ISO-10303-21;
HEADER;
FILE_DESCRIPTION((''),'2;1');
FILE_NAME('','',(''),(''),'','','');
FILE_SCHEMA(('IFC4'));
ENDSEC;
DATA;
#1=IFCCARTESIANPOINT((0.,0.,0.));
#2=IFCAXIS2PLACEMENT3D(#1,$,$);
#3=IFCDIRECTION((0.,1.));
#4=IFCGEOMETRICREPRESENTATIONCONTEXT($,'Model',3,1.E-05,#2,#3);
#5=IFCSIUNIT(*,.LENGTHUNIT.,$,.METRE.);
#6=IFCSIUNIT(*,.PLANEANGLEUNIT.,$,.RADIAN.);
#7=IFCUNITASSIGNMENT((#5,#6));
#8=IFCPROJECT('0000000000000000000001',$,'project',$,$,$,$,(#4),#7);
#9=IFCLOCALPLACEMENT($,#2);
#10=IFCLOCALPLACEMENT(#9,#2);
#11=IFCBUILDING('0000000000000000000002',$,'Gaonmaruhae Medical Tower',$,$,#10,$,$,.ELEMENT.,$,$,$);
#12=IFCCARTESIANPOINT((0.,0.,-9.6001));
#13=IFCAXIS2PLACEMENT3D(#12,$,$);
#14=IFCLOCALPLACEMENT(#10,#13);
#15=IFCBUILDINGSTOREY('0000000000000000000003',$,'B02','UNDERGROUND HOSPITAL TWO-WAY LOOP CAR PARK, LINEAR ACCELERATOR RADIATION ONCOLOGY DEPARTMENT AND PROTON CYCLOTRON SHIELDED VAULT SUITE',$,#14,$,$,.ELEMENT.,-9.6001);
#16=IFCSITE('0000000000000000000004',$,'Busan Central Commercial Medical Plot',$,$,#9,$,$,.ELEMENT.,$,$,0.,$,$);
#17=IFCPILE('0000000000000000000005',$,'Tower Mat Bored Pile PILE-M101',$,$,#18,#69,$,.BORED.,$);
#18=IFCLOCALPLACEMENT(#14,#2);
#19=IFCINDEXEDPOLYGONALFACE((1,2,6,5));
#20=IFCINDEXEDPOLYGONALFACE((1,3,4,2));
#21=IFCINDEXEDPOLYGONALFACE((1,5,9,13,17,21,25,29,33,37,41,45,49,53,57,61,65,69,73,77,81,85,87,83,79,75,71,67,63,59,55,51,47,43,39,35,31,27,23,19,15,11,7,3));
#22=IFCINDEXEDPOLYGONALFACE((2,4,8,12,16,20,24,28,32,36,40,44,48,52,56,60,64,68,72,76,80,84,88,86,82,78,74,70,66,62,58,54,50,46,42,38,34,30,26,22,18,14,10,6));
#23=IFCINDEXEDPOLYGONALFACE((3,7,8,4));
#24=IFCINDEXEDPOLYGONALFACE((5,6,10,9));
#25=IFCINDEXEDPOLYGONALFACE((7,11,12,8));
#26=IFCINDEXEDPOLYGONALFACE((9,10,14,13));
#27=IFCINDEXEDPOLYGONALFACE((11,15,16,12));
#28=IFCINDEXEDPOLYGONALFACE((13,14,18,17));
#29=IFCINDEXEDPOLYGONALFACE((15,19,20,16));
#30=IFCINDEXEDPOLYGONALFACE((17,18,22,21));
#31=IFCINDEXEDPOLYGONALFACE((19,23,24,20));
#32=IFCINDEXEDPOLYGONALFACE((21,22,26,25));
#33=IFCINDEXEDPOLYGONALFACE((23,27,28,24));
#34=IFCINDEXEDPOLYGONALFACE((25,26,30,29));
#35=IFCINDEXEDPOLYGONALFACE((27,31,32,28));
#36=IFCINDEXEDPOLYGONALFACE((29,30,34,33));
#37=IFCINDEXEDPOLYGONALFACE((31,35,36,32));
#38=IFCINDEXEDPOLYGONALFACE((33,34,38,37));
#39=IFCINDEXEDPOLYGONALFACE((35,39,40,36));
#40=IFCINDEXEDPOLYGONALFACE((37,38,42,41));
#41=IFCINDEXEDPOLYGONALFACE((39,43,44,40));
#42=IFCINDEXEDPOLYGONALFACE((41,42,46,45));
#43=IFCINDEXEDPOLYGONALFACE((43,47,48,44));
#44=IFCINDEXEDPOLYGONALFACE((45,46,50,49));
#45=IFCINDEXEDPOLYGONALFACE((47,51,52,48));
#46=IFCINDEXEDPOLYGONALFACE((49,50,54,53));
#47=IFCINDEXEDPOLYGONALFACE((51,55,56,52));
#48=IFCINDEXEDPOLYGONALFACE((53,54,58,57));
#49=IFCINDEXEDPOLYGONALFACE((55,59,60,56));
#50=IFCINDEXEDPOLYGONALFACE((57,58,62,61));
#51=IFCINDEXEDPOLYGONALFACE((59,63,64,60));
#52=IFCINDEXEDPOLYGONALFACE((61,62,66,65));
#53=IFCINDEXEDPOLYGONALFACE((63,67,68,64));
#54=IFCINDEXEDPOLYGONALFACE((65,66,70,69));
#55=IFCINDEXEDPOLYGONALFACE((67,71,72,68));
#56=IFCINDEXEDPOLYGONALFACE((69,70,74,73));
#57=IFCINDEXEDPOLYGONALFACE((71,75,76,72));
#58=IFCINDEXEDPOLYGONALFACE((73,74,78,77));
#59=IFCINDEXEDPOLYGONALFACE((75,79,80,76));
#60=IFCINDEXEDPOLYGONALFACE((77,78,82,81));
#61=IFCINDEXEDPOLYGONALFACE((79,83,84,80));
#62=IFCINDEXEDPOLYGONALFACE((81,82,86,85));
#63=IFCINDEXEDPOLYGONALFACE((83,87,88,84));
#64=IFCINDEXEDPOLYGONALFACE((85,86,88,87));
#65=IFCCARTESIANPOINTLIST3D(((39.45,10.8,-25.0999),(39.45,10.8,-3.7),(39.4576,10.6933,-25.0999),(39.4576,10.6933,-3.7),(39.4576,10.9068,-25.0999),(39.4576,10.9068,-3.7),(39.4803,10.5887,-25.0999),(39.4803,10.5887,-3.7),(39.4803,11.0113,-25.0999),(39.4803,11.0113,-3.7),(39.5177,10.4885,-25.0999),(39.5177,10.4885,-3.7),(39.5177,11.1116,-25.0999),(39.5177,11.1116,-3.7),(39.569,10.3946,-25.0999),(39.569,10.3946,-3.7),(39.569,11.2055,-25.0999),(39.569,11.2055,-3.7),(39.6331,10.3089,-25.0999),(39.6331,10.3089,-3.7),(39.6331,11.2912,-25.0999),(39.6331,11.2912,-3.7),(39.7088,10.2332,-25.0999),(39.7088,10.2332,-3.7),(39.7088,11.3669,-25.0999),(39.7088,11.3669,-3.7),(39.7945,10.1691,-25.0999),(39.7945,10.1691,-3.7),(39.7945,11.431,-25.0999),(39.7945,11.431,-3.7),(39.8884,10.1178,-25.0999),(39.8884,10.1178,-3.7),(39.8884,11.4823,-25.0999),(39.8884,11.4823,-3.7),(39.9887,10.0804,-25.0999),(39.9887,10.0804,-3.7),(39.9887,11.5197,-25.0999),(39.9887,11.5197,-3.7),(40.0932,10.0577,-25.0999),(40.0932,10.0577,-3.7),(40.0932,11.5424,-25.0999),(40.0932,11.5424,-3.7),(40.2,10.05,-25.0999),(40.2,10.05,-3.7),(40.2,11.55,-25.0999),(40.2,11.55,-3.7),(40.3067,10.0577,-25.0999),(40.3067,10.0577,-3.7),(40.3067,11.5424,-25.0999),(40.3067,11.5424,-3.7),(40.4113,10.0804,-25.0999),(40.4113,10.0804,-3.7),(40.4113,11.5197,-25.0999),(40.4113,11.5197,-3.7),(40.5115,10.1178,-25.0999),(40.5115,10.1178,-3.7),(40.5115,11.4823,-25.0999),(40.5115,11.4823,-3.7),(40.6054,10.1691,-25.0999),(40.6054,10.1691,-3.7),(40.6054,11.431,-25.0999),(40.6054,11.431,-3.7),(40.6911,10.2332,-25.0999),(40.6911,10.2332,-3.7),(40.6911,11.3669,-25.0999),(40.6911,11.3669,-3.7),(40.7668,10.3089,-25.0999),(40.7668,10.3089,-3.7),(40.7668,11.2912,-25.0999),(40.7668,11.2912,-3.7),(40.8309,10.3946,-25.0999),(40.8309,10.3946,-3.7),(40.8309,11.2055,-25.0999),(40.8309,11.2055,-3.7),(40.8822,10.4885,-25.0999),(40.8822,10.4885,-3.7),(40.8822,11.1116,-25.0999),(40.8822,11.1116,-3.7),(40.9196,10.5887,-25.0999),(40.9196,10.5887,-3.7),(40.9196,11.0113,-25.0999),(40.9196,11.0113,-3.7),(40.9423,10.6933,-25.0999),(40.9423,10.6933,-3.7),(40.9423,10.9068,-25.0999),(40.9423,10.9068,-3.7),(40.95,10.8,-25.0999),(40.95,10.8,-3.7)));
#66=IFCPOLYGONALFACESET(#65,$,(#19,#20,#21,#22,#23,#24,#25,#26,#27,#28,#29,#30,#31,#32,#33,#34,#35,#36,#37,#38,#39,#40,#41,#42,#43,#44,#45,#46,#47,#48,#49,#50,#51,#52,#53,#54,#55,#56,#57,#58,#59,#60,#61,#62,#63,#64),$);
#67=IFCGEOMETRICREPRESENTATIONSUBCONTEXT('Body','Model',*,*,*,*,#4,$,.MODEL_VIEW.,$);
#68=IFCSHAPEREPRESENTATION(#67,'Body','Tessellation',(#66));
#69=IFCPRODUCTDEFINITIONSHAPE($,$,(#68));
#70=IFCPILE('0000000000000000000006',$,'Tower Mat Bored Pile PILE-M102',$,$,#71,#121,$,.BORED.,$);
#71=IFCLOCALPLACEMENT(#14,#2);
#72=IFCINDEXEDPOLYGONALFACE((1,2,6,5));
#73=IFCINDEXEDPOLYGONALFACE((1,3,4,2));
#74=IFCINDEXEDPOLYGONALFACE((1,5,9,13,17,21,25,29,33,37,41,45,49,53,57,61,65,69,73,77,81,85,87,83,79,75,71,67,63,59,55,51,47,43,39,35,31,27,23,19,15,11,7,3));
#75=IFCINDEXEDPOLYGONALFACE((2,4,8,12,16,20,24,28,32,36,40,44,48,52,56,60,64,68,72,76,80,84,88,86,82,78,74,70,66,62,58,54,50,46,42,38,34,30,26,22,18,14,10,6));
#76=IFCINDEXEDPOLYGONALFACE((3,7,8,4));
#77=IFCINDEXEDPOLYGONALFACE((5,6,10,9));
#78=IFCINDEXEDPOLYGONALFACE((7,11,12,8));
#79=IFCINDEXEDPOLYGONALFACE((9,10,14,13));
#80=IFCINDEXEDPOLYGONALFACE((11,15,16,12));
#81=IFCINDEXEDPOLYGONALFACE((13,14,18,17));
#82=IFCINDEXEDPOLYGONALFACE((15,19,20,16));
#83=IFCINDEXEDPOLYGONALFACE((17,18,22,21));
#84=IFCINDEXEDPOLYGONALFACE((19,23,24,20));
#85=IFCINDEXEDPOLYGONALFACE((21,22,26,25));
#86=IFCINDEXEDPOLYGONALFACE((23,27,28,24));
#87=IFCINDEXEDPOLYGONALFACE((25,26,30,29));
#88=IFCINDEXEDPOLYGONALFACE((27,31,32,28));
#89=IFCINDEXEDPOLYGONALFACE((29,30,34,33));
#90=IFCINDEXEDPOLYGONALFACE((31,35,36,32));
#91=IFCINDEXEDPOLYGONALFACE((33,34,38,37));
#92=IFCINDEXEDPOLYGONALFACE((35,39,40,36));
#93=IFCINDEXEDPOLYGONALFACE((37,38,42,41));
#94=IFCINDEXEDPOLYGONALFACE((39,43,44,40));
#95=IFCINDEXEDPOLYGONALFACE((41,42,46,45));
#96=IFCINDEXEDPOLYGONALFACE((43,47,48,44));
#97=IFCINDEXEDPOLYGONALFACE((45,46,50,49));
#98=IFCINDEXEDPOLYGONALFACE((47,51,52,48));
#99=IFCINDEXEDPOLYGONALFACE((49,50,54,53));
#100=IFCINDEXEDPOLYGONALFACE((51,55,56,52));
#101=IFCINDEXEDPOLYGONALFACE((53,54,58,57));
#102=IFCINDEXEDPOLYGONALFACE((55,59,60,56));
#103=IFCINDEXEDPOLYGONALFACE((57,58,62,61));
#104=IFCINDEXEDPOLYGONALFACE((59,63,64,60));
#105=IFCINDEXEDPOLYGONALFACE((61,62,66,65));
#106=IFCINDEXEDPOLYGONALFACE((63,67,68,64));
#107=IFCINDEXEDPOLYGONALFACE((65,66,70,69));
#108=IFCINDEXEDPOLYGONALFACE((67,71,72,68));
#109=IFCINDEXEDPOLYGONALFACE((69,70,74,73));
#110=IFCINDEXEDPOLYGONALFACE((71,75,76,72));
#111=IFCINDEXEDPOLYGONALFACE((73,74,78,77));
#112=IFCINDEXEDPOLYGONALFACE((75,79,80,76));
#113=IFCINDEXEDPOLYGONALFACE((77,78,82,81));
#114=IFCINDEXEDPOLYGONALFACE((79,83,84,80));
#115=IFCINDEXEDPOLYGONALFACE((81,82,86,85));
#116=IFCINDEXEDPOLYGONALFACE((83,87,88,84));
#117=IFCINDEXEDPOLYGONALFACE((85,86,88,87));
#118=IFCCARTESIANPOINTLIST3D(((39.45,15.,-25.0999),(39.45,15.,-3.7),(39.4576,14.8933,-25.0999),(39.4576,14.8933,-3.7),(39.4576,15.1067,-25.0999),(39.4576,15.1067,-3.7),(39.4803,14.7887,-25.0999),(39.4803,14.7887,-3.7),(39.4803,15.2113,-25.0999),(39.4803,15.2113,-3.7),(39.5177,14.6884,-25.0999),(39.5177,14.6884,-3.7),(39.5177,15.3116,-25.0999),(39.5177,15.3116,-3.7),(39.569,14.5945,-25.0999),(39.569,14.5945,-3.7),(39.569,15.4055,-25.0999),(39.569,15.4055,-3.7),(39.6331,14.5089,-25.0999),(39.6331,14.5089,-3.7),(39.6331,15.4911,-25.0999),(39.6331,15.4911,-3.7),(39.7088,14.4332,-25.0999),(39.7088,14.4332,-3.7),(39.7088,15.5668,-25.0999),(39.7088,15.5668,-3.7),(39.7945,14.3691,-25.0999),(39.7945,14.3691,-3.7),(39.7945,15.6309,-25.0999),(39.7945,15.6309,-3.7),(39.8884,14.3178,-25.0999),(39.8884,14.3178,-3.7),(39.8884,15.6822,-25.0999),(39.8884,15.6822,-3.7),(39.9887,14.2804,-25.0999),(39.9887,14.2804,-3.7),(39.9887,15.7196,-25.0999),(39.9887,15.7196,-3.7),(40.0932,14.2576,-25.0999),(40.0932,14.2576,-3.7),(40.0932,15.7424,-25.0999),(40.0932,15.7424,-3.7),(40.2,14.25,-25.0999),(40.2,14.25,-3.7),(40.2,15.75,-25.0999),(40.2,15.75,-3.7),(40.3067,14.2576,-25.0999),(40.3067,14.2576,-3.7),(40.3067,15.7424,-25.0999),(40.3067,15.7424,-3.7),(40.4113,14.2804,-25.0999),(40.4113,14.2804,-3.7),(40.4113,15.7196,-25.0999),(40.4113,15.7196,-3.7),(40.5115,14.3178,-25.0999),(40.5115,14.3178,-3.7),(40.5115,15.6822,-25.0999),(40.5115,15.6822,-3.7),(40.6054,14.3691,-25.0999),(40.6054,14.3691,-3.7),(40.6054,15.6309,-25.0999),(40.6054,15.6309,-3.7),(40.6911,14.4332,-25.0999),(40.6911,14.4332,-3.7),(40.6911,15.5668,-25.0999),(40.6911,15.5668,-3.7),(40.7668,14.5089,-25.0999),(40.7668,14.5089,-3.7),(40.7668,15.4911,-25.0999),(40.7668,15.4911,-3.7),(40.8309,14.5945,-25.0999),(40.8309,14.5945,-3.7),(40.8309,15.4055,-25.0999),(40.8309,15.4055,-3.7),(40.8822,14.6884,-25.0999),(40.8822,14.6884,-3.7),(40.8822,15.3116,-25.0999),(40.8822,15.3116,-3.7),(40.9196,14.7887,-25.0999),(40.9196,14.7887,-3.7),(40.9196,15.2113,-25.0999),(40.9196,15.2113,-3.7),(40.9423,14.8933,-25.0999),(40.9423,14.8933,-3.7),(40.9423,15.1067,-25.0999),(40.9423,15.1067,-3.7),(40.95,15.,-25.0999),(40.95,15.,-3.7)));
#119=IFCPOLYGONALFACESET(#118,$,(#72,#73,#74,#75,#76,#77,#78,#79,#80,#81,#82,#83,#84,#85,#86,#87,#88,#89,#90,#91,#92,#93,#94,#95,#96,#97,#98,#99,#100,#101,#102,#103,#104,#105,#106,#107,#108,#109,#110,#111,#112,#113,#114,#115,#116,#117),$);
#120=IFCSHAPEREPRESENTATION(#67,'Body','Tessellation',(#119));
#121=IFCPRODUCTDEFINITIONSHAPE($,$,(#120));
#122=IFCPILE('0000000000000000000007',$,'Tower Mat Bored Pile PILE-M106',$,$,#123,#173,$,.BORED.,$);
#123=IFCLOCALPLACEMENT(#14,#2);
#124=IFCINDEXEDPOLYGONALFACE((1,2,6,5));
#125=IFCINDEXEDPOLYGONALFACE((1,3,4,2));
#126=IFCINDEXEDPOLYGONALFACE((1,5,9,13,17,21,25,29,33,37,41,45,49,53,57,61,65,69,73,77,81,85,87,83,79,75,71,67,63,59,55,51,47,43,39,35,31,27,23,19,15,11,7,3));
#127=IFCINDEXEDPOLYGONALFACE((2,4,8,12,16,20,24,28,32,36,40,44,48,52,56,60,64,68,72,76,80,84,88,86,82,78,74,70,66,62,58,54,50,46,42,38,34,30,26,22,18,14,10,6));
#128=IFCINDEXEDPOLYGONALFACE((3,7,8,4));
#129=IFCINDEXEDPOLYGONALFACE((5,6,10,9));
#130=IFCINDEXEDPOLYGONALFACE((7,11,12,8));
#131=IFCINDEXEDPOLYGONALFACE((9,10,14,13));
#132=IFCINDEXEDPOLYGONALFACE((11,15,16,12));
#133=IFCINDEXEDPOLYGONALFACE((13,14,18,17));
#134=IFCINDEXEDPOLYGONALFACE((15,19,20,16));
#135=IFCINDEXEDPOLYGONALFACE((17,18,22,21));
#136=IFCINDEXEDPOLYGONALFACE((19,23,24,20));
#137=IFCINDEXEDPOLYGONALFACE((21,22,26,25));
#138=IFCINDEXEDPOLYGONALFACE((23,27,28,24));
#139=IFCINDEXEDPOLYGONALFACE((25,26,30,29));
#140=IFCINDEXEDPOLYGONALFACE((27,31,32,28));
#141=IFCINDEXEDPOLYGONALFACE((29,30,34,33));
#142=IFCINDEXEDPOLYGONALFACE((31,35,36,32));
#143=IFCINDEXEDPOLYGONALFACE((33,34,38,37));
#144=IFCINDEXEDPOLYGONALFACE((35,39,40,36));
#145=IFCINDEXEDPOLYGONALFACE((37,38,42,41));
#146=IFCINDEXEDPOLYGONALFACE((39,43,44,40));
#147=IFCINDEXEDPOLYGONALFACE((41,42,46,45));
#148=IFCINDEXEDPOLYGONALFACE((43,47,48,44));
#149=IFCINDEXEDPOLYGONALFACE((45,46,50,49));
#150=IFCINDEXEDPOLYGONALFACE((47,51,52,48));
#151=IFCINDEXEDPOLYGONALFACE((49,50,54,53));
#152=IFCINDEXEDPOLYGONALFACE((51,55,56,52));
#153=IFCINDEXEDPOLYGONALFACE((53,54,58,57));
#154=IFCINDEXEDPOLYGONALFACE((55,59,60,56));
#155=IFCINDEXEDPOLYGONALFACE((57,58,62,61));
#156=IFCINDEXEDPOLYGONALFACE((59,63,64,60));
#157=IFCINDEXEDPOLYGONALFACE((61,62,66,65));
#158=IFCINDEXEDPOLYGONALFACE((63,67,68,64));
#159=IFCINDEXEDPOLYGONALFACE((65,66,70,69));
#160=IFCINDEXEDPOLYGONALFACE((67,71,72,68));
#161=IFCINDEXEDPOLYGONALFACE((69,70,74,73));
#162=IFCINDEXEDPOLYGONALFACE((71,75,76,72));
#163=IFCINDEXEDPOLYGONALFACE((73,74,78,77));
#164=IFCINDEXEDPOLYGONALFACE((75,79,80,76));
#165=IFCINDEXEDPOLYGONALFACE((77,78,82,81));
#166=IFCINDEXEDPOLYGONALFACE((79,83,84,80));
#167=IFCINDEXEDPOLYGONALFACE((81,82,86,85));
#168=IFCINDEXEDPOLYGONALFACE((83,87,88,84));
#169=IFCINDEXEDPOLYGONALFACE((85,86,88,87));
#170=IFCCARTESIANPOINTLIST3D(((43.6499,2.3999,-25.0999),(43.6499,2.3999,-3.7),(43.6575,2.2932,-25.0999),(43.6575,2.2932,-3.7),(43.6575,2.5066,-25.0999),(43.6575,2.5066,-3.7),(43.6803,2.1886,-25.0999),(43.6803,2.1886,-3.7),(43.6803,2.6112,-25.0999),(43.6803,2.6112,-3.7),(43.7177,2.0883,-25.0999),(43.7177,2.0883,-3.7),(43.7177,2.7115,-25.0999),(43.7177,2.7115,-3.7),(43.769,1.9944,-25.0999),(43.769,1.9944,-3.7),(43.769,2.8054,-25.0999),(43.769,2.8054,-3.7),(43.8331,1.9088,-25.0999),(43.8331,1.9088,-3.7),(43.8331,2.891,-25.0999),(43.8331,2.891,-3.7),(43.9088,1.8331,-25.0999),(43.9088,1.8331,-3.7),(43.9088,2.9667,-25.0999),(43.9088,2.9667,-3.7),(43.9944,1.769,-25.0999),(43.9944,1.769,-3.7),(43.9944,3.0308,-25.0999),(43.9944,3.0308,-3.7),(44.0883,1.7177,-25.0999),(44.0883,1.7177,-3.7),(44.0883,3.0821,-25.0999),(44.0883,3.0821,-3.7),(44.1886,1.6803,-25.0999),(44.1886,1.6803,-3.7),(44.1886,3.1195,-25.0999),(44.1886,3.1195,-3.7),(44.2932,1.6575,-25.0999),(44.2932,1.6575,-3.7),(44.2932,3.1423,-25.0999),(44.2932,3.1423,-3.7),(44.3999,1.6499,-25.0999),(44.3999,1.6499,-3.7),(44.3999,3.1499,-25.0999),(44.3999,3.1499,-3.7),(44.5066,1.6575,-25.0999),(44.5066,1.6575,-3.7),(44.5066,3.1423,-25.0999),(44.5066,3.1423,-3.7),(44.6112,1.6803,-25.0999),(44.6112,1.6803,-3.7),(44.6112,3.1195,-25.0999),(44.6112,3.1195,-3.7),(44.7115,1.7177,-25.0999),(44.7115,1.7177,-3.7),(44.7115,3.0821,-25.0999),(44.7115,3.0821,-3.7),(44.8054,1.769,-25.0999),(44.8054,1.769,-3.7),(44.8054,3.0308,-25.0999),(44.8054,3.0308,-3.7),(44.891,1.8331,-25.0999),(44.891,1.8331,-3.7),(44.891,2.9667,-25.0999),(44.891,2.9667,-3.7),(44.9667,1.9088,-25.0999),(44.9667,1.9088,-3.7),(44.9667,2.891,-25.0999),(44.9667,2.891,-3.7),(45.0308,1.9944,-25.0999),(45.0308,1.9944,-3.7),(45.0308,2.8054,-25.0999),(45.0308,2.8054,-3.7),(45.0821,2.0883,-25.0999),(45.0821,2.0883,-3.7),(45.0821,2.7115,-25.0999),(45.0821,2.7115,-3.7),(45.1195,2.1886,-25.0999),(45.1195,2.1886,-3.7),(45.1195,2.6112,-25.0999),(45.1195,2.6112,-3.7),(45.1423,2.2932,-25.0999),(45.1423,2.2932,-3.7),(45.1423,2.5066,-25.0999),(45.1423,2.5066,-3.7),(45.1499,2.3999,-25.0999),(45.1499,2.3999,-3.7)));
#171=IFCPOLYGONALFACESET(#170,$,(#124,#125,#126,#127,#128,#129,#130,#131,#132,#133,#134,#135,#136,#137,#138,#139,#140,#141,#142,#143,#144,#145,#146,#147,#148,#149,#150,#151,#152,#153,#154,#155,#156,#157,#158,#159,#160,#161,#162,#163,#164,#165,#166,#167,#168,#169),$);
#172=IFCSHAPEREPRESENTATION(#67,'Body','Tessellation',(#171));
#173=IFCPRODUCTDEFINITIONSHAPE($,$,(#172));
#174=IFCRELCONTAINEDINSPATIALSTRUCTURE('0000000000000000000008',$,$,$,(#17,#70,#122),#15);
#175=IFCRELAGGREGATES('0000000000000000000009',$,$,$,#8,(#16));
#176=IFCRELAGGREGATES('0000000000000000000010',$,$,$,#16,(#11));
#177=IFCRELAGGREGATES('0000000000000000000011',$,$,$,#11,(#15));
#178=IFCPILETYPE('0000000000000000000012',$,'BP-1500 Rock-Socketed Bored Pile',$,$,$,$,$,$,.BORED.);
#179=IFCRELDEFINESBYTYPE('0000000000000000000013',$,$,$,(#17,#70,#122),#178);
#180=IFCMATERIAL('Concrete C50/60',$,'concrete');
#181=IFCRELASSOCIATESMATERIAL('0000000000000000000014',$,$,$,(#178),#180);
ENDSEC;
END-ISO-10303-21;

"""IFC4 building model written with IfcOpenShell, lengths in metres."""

from ifc_helpers import new_model, si_unit, direction, frame, origin, origin_2d, place, context, subcontext, project, spatial, circle, extrude, material, material_profile, profile_set, type_object, element, save


model = new_model("IFC4")

# Units and contexts
model_context = context("Model", 3, precision=1e-05, world=origin(), true_north=direction((0.0, 1.0)))
body_context = subcontext(model_context, "Body", "Model", "MODEL_VIEW")
ifc_project = project(units=[si_unit("LENGTHUNIT", "METRE"), si_unit("PLANEANGLEUNIT", "RADIAN")], contexts=[model_context])

# Site, building, storey
site_placement = place(None, origin())
site = spatial("IfcSite", under=ifc_project, at=site_placement, Name="Busan Central Commercial Medical Plot", CompositionType="ELEMENT", RefElevation=0.0)
building_placement = place(site_placement, origin())
building = spatial("IfcBuilding", under=site, at=building_placement, Name="Gaonmaruhae Medical Tower", CompositionType="ELEMENT")
storey_placement = place(building_placement, frame((0.0, 0.0, -9.6001)))
storey = spatial("IfcBuildingStorey", under=building, at=storey_placement, Name="B02", Description="UNDERGROUND HOSPITAL TWO-WAY LOOP CAR PARK, LINEAR ACCELERATOR RADIATION ONCOLOGY DEPARTMENT AND PROTON CYCLOTRON SHIELDED VAULT SUITE", CompositionType="ELEMENT", Elevation=-9.6001)

# Piles
ifc_material_1 = material(Name="Concrete C50/60", Category="concrete")
ifc_material_profile_1 = material_profile(ifc_material_1, circle(Radius=0.75, at=origin_2d()), Name="PILE-D1500")
ifc_profile_set_1 = profile_set([ifc_material_profile_1], Name="Concrete C50/60")
pile_type = type_object("IfcPileType", Name="BP-1500 Rock-Socketed Bored Pile", PredefinedType="BORED", material=ifc_profile_set_1)
for number, where, z_axis, x_axis, name in (
    (1, (40.2, 10.8, -3.7), (0.0, 0.0, -1.0), (1.0, 0.0, 0.0), "Tower Mat Bored Pile PILE-M101"),
    (2, (40.2, 15.0, -3.7), (0.0, 0.0, -1.0), (1.0, 0.0, 0.0), "Tower Mat Bored Pile PILE-M102"),
    (3, (44.3999, 2.3999, -3.7), (0.0, 0.0, -1.0), (1.0, 0.0, 0.0), "Tower Mat Bored Pile PILE-M106"),
):
    element("IfcPile", number, at=place(storey_placement, frame(where, z_axis=z_axis, x_axis=x_axis)), inside=storey, type_object=pile_type, Name=name, PredefinedType="BORED", context=body_context, shape_type="SweptSolid", body=[
        extrude(circle(Radius=0.75, at=origin_2d()), origin(), (0.0, 0.0, 1.0), 21.3999),
    ])

save(model, "model.ifc")
